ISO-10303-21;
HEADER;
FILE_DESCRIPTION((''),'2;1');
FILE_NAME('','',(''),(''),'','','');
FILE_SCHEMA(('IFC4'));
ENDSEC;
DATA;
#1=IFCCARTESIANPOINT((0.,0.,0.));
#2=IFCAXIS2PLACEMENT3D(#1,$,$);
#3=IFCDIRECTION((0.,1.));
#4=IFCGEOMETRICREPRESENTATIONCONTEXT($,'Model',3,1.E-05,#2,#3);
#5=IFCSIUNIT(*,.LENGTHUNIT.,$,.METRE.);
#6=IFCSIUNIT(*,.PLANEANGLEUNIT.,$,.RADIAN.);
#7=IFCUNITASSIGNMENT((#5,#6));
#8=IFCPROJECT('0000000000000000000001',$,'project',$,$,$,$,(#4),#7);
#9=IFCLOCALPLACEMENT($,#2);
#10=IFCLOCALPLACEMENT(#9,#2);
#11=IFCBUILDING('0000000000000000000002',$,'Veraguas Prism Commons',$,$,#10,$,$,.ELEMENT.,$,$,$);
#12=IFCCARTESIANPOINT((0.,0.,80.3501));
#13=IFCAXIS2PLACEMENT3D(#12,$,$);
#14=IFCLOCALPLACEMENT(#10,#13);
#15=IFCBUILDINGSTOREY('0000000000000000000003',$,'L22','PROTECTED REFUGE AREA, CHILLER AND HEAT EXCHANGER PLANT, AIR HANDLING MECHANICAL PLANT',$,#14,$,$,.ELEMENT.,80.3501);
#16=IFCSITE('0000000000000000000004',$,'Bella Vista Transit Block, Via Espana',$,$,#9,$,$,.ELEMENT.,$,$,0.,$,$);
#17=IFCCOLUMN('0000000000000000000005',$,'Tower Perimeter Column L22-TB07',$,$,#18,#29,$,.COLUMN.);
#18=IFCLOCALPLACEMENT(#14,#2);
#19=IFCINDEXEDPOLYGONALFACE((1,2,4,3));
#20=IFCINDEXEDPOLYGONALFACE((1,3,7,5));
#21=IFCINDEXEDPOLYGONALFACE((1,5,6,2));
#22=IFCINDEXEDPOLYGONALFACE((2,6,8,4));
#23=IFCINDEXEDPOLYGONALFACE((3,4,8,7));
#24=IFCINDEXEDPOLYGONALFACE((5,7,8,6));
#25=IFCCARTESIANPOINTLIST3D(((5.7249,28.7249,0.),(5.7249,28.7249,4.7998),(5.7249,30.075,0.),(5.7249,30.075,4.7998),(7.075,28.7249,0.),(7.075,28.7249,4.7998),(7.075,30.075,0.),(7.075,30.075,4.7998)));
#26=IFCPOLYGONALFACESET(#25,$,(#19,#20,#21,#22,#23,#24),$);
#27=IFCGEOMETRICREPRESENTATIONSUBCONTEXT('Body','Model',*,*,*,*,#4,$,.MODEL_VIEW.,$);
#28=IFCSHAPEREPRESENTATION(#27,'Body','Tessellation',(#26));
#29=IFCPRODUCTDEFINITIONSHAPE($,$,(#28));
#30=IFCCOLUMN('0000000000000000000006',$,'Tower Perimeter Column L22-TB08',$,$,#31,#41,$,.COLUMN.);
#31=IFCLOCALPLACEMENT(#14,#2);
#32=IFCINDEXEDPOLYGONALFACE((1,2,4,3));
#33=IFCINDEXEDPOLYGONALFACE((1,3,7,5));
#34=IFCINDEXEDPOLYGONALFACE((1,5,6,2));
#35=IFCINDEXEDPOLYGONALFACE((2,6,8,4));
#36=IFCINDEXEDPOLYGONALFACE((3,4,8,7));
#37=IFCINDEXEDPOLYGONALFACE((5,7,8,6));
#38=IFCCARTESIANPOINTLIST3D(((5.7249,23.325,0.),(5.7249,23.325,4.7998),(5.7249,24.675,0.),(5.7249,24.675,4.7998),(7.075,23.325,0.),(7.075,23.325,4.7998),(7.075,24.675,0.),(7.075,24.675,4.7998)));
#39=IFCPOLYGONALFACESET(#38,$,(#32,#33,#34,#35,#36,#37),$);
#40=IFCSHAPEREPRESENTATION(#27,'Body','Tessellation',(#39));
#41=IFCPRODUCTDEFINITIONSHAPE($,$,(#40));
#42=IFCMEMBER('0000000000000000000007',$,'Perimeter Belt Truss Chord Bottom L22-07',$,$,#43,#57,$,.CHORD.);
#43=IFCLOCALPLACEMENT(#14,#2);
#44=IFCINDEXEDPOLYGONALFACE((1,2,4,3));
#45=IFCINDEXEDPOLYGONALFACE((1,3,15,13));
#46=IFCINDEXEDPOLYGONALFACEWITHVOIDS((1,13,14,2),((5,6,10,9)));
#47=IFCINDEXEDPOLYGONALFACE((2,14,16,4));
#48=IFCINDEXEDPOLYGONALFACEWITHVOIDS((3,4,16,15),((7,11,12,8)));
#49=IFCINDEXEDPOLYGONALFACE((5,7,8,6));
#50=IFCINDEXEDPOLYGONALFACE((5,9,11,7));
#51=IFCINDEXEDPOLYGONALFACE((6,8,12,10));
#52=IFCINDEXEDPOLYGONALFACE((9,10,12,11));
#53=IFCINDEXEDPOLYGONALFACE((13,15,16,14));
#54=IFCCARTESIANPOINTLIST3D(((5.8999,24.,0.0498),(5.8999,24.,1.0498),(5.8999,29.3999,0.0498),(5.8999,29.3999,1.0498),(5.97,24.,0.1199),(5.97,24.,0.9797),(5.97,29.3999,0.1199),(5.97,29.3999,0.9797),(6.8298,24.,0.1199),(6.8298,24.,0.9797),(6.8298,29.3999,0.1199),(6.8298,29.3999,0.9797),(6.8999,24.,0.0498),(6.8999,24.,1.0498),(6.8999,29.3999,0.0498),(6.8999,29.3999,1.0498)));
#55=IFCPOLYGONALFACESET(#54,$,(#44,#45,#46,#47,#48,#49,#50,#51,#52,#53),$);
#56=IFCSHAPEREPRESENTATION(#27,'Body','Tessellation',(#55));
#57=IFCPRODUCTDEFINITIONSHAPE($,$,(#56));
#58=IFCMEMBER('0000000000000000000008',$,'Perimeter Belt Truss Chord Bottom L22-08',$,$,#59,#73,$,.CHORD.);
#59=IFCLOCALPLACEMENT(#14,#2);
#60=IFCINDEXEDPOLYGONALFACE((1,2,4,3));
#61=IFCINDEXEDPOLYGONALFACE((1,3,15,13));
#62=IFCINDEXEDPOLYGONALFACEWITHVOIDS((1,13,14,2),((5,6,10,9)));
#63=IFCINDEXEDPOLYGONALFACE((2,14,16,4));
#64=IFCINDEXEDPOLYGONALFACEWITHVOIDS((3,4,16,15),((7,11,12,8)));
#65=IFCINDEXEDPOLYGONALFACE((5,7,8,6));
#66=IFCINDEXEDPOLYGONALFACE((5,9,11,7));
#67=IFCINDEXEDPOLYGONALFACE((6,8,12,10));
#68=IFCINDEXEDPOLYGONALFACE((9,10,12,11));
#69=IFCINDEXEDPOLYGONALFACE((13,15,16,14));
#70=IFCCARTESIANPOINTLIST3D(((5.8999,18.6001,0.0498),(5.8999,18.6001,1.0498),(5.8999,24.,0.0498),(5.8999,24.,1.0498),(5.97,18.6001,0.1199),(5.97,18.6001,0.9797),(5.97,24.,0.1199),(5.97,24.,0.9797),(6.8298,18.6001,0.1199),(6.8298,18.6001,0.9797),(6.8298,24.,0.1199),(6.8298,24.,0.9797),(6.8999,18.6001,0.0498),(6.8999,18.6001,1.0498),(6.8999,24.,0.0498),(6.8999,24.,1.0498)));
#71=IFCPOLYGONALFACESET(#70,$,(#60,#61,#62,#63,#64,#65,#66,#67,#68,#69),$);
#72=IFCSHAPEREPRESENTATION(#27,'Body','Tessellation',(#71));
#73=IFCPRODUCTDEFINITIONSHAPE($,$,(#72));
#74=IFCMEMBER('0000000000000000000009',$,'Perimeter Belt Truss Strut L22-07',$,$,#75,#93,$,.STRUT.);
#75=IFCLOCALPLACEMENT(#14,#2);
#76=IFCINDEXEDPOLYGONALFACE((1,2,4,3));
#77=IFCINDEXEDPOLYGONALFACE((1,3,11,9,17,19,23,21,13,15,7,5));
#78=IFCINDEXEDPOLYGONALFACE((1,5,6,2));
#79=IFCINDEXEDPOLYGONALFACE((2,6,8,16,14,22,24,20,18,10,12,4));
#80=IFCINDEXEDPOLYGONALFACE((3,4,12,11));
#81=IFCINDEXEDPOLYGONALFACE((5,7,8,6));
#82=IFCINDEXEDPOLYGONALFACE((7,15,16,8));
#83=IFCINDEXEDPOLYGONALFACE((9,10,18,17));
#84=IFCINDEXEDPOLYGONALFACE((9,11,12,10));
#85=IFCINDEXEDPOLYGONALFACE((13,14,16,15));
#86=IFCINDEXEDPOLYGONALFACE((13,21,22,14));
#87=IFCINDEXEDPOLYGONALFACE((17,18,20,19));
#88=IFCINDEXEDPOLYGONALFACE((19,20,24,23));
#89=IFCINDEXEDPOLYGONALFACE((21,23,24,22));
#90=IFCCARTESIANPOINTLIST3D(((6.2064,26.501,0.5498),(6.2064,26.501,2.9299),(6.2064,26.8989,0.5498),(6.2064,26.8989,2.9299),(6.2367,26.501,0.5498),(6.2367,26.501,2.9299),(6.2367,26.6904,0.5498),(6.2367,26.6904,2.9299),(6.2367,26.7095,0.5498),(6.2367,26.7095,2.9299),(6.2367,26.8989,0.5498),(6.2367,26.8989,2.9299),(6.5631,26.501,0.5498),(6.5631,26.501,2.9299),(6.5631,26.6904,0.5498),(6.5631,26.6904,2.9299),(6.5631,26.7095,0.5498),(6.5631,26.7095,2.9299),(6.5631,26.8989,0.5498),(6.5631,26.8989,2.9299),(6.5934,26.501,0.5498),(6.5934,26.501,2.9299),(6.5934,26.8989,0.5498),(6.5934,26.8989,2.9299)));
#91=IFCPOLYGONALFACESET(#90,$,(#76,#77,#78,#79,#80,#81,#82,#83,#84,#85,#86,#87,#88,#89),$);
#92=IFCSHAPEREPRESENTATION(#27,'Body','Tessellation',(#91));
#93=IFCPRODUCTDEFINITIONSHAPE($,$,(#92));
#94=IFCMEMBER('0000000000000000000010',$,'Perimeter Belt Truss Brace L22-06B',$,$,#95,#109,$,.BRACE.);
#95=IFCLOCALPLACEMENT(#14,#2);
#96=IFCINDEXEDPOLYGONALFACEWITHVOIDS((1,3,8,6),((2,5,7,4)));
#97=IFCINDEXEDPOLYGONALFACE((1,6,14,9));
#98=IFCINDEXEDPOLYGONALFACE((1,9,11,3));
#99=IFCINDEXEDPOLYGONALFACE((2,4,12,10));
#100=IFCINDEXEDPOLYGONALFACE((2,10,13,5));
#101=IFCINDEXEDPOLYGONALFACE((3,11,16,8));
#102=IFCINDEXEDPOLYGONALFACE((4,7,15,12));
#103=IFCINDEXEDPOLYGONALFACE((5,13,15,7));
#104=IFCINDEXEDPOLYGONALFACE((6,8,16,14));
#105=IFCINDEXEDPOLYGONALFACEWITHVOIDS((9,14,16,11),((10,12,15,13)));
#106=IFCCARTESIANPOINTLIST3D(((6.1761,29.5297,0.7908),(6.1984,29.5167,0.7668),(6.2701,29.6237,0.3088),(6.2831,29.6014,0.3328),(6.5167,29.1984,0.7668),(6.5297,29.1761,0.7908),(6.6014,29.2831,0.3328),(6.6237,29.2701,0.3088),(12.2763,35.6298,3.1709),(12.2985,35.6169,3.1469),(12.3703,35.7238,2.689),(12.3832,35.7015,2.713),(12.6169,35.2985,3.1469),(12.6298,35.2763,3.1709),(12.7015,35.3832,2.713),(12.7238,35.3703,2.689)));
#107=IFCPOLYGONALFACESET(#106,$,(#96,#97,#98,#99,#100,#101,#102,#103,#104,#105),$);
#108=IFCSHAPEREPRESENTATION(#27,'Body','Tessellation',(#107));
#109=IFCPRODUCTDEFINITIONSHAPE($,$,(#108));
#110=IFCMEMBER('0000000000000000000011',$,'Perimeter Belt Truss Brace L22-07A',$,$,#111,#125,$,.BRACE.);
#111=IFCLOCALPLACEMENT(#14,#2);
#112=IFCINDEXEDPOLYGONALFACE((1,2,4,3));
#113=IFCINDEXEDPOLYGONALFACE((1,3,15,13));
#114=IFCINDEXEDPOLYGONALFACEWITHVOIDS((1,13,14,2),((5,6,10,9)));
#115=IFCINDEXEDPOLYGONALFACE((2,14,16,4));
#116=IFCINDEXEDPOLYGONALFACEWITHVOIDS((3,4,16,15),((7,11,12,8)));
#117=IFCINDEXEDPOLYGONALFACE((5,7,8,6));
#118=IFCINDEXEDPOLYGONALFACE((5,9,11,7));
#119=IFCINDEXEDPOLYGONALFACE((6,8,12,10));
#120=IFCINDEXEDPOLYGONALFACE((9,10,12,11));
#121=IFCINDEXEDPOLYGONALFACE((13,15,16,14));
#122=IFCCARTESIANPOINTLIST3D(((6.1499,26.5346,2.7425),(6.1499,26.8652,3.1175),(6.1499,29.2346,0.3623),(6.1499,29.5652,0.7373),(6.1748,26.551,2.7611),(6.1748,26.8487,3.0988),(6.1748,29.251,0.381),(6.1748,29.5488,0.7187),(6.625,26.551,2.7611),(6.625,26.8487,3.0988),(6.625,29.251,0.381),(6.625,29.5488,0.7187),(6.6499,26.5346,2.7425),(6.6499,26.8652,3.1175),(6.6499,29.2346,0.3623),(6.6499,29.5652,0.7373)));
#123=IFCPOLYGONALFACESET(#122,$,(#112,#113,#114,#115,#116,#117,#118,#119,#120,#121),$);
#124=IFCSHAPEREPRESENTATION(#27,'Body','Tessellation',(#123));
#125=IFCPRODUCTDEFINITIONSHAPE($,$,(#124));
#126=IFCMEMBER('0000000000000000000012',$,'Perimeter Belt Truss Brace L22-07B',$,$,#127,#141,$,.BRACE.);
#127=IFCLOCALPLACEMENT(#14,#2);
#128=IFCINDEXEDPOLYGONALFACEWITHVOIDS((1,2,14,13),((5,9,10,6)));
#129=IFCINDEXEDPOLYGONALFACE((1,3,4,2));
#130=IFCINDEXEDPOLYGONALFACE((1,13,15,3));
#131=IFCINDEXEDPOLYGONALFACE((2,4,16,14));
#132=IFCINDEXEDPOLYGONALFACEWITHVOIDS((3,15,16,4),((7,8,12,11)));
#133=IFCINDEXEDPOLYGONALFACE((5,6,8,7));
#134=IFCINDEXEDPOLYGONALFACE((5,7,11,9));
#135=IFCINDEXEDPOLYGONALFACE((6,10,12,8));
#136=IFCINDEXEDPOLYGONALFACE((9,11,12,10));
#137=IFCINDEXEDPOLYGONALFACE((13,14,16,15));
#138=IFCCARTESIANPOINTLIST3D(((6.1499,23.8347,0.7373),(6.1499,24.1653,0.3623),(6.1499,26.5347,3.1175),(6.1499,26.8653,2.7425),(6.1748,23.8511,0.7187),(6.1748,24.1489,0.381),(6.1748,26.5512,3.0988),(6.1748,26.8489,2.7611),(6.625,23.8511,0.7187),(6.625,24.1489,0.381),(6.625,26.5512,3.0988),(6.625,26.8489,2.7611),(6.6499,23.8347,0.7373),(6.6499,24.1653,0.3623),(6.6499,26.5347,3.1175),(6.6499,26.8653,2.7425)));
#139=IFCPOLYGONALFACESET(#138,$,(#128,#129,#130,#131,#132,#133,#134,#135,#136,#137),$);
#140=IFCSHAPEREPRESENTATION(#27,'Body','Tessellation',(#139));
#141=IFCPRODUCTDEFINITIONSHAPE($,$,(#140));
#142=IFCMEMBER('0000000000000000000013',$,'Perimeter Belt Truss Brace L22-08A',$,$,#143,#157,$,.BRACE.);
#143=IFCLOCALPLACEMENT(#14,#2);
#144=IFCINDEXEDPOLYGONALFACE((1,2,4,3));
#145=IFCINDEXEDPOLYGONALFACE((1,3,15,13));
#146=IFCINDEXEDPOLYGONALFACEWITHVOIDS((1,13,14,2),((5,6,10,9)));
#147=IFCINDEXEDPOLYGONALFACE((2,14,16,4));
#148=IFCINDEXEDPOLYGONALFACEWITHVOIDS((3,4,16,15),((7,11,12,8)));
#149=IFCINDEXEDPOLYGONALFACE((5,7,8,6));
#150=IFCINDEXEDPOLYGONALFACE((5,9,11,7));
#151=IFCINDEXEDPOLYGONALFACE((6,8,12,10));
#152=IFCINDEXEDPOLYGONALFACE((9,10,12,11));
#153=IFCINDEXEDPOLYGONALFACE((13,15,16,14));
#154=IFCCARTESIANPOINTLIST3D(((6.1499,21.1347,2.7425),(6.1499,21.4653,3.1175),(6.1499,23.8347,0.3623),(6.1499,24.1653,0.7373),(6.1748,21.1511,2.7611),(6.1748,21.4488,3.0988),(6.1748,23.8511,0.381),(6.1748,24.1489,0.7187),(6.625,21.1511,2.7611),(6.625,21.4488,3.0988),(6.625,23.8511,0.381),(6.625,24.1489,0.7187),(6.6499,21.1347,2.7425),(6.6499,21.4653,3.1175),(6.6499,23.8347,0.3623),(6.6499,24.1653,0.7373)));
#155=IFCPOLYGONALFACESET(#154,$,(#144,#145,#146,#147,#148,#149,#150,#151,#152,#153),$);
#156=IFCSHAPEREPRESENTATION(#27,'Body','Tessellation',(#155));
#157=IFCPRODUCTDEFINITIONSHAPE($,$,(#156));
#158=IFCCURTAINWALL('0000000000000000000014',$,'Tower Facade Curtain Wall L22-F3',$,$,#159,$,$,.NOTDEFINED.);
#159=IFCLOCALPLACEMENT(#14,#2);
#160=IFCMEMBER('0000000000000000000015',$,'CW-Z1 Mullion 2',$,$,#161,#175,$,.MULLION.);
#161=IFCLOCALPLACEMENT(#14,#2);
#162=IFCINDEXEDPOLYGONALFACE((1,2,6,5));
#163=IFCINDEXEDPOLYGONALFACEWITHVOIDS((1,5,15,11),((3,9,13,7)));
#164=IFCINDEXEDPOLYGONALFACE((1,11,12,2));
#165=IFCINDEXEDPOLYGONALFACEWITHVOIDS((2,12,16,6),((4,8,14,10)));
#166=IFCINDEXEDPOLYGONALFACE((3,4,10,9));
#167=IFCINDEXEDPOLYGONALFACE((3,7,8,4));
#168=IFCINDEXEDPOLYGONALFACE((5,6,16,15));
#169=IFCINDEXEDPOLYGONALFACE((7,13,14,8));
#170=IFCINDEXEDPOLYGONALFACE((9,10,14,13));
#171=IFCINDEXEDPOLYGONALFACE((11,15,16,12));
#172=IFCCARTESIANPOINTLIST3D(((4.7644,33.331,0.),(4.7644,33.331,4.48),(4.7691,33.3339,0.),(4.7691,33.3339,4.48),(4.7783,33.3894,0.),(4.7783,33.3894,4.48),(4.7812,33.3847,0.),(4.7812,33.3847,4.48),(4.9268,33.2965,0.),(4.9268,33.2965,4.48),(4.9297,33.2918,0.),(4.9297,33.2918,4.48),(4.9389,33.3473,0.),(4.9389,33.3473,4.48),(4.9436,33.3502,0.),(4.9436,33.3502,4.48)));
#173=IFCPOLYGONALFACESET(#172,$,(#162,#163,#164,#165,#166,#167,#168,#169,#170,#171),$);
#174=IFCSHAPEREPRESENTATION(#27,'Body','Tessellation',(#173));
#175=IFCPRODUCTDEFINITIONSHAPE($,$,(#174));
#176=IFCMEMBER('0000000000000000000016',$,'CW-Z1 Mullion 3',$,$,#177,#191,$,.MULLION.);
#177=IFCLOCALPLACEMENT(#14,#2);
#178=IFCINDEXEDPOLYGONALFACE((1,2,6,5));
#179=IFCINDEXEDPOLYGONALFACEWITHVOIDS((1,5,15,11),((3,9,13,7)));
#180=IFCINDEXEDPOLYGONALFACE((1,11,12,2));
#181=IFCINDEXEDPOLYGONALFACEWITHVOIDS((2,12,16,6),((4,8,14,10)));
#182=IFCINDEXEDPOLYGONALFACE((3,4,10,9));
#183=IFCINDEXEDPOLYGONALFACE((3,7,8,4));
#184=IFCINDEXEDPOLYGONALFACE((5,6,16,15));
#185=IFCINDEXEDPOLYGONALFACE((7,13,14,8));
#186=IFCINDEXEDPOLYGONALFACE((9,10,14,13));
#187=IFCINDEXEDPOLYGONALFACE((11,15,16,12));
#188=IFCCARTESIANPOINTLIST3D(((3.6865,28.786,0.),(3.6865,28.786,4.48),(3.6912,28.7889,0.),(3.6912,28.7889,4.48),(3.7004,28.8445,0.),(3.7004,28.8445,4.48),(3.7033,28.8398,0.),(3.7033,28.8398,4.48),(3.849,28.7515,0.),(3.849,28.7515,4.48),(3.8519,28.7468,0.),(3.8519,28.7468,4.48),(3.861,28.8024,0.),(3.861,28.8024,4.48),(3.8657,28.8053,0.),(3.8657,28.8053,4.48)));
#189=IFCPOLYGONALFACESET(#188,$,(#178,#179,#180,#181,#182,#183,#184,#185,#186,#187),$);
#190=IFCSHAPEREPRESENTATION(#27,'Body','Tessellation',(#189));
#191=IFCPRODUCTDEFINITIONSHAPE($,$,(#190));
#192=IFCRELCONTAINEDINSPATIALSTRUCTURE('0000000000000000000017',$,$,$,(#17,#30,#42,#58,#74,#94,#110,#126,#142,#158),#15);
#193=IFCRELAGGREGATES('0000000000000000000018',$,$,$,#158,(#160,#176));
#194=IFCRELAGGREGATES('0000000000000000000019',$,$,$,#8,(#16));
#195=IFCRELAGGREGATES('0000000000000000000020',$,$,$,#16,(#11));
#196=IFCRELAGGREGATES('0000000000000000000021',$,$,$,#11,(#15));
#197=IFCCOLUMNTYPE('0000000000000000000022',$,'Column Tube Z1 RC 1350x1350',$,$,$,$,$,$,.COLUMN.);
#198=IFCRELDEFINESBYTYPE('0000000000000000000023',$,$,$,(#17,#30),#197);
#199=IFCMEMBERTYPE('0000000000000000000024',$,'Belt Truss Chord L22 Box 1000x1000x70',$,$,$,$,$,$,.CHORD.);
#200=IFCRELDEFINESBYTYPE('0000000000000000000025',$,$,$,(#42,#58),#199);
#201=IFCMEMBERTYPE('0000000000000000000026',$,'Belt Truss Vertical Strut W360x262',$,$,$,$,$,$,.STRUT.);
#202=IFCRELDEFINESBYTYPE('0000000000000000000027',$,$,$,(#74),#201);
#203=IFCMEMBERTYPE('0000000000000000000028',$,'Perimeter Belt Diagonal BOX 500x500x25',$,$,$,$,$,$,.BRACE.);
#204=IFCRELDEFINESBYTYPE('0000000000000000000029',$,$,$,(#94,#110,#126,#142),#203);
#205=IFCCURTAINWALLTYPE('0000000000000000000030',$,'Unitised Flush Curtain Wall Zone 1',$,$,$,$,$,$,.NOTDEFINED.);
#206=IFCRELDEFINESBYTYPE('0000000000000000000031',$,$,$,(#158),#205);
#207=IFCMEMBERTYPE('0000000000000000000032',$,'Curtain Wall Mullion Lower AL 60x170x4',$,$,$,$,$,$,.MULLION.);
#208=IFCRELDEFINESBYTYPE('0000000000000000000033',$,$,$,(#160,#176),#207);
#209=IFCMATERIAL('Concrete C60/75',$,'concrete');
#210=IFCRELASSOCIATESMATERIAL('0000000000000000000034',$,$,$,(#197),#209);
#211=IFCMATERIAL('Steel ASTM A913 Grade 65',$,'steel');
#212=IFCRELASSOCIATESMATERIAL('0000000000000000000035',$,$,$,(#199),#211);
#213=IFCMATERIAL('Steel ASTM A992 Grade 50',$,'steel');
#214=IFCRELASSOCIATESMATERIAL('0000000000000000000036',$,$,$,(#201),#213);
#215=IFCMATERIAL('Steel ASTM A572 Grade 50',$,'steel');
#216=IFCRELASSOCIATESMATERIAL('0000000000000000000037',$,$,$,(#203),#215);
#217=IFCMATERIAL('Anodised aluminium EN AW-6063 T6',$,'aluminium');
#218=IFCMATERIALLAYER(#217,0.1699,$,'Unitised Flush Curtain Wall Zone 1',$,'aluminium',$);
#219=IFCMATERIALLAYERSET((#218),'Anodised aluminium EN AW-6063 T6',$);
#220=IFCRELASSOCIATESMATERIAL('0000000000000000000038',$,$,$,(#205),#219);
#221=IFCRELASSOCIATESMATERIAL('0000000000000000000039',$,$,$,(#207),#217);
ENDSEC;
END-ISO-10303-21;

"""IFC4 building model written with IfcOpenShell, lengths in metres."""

from ifc_helpers import new_model, si_unit, direction, frame, origin, origin_2d, place, context, subcontext, project, spatial, rectangle, hollow_rectangle, i_section, extrude, source, transform, mapped, material, layer, layer_set, material_profile, profile_set, type_object, element, aggregate, save


model = new_model("IFC4")

# Units and contexts
model_context = context("Model", 3, precision=1e-05, world=origin(), true_north=direction((0.0, 1.0)))
body_context = subcontext(model_context, "Body", "Model", "MODEL_VIEW")
ifc_project = project(units=[si_unit("LENGTHUNIT", "METRE"), si_unit("PLANEANGLEUNIT", "RADIAN")], contexts=[model_context])

# Site, building, storey
site_placement = place(None, origin())
site = spatial("IfcSite", under=ifc_project, at=site_placement, Name="Bella Vista Transit Block, Via Espana", CompositionType="ELEMENT", RefElevation=0.0)
building_placement = place(site_placement, origin())
building = spatial("IfcBuilding", under=site, at=building_placement, Name="Veraguas Prism Commons", CompositionType="ELEMENT")
storey_placement = place(building_placement, frame((0.0, 0.0, 80.3501)))
storey = spatial("IfcBuildingStorey", under=building, at=storey_placement, Name="L22", Description="PROTECTED REFUGE AREA, CHILLER AND HEAT EXCHANGER PLANT, AIR HANDLING MECHANICAL PLANT", CompositionType="ELEMENT", Elevation=80.3501)

# Columns
ifc_material_1 = material(Name="Concrete C60/75", Category="concrete")
ifc_material_profile_1 = material_profile(ifc_material_1, rectangle(XDim=1.3501, YDim=1.3501, at=origin_2d()), Name="RC1350X1350")
ifc_profile_set_1 = profile_set([ifc_material_profile_1], Name="Concrete C60/75")
column_type = type_object("IfcColumnType", Name="Column Tube Z1 RC 1350x1350", PredefinedType="COLUMN", material=ifc_profile_set_1)
for number, where, z_axis, x_axis, name in (
    (1, (6.3999, 29.3999, 0.0), (0.0, 0.0, 1.0), (1.0, 0.0, 0.0), "Tower Perimeter Column L22-TB07"),
    (2, (6.3999, 24.0, 0.0), (0.0, 0.0, 1.0), (1.0, 0.0, 0.0), "Tower Perimeter Column L22-TB08"),
):
    element("IfcColumn", number, at=place(storey_placement, frame(where, z_axis=z_axis, x_axis=x_axis)), inside=storey, type_object=column_type, Name=name, PredefinedType="COLUMN", context=body_context, shape_type="SweptSolid", body=[
        extrude(rectangle(XDim=1.3501, YDim=1.3501, at=origin_2d()), origin(), (0.0, 0.0, 1.0), 4.7998),
    ])

# Members
ifc_material_2 = material(Name="Steel ASTM A913 Grade 65", Category="steel")
ifc_material_profile_2 = material_profile(ifc_material_2, hollow_rectangle(XDim=1.0, YDim=1.0, WallThickness=0.0701, at=origin_2d()), Name="BOX1000X1000X70")
ifc_profile_set_2 = profile_set([ifc_material_profile_2], Name="Steel ASTM A913 Grade 65")
member_type_1 = type_object("IfcMemberType", Name="Belt Truss Chord L22 Box 1000x1000x70", PredefinedType="CHORD", material=ifc_profile_set_2)
for number, where, z_axis, x_axis, name in (
    (3, (6.3999, 29.3999, 0.5498), (0.0, -1.0, 0.0), (1.0, 0.0, 0.0), "Perimeter Belt Truss Chord Bottom L22-07"),
    (4, (6.3999, 24.0, 0.5498), (0.0, -1.0, 0.0), (1.0, 0.0, 0.0), "Perimeter Belt Truss Chord Bottom L22-08"),
):
    element("IfcMember", number, at=place(storey_placement, frame(where, z_axis=z_axis, x_axis=x_axis)), inside=storey, type_object=member_type_1, Name=name, PredefinedType="CHORD", context=body_context, shape_type="SweptSolid", body=[
        extrude(hollow_rectangle(XDim=1.0, YDim=1.0, WallThickness=0.0701, at=origin_2d()), origin(), (0.0, 0.0, 1.0), 5.3999),
    ])
ifc_material_3 = material(Name="Steel ASTM A992 Grade 50", Category="steel")
ifc_material_profile_3 = material_profile(ifc_material_3, i_section(OverallWidth=0.3979, OverallDepth=0.387, WebThickness=0.019, FlangeThickness=0.0303, at=origin_2d()), Name="W360X262")
ifc_profile_set_3 = profile_set([ifc_material_profile_3], Name="Steel ASTM A992 Grade 50")
member_type_2 = type_object("IfcMemberType", Name="Belt Truss Vertical Strut W360x262", PredefinedType="STRUT", material=ifc_profile_set_3)
member_1_placement = place(storey_placement, frame((6.3999, 26.7, 0.5498), z_axis=(0.0, 0.0, 1.0), x_axis=(0.0, -1.0, 0.0)))
element("IfcMember", 5, at=member_1_placement, inside=storey, type_object=member_type_2, Name="Perimeter Belt Truss Strut L22-07", PredefinedType="STRUT", context=body_context, shape_type="SweptSolid", body=[
    extrude(i_section(OverallWidth=0.3979, OverallDepth=0.387, WebThickness=0.019, FlangeThickness=0.0303, at=origin_2d()), origin(), (0.0, 0.0, 1.0), 2.3801),
])
ifc_material_4 = material(Name="Steel ASTM A572 Grade 50", Category="steel")
ifc_material_profile_4 = material_profile(ifc_material_4, hollow_rectangle(XDim=0.5, YDim=0.5, WallThickness=0.0249, at=origin_2d()), Name="BOX500X500X25")
ifc_profile_set_4 = profile_set([ifc_material_profile_4], Name="Steel ASTM A572 Grade 50")
member_type_3 = type_object("IfcMemberType", Name="Perimeter Belt Diagonal BOX 500x500x25", PredefinedType="BRACE", material=ifc_profile_set_4)
member_2_placement = place(storey_placement, frame((6.3999, 29.3999, 0.5498), z_axis=(0.681639, 0.681639, 0.265961), x_axis=(-0.707107, 0.707107, 0.0)))
element("IfcMember", 6, at=member_2_placement, inside=storey, type_object=member_type_3, Name="Perimeter Belt Truss Brace L22-06B", PredefinedType="BRACE", context=body_context, shape_type="SweptSolid", body=[
    extrude(hollow_rectangle(XDim=0.5, YDim=0.5, WallThickness=0.0249, at=origin_2d()), origin(), (0.0, 0.0, 1.0), 8.9492),
])
for number, where, z_axis, x_axis, name in (
    (7, (6.3999, 29.3999, 0.5498), (0.0, -0.750139, 0.661281), (1.0, 0.0, 0.0), "Perimeter Belt Truss Brace L22-07A"),
    (8, (6.3999, 24.0, 0.5498), (0.0, 0.750139, 0.661281), (-1.0, 0.0, 0.0), "Perimeter Belt Truss Brace L22-07B"),
    (9, (6.3999, 24.0, 0.5498), (0.0, -0.750139, 0.661281), (1.0, 0.0, 0.0), "Perimeter Belt Truss Brace L22-08A"),
):
    element("IfcMember", number, at=place(storey_placement, frame(where, z_axis=z_axis, x_axis=x_axis)), inside=storey, type_object=member_type_3, Name=name, PredefinedType="BRACE", context=body_context, shape_type="SweptSolid", body=[
        extrude(hollow_rectangle(XDim=0.5, YDim=0.5, WallThickness=0.0249, at=origin_2d()), origin(), (0.0, 0.0, 1.0), 3.5994),
    ])

# Curtain wall, members
ifc_material_5 = material(Name="Anodised aluminium EN AW-6063 T6", Category="aluminium")
ifc_layer_1 = layer(ifc_material_5, 0.1699, Name="Unitised Flush Curtain Wall Zone 1", Category="aluminium")
ifc_layer_set_1 = layer_set([ifc_layer_1], Name="Anodised aluminium EN AW-6063 T6")
curtain_wall_type = type_object("IfcCurtainWallType", Name="Unitised Flush Curtain Wall Zone 1", PredefinedType="NOTDEFINED", material=ifc_layer_set_1)
curtain_wall_placement = place(storey_placement, origin())
curtain_wall = element("IfcCurtainWall", 10, at=curtain_wall_placement, inside=storey, type_object=curtain_wall_type, Name="Tower Facade Curtain Wall L22-F3", PredefinedType="NOTDEFINED")
ifc_material_profile_5 = material_profile(ifc_material_5, hollow_rectangle(XDim=0.0601, YDim=0.1699, WallThickness=0.0039, at=origin_2d()), Name="AL60X170X4")
ifc_profile_set_5 = profile_set([ifc_material_profile_5], Name="Anodised aluminium EN AW-6063 T6")
member_type_4 = type_object("IfcMemberType", Name="Curtain Wall Mullion Lower AL 60x170x4", PredefinedType="MULLION", material=ifc_profile_set_5)
shared_shape_1 = source(origin(), body_context, "Body", "SweptSolid", [
    extrude(hollow_rectangle(XDim=0.0601, YDim=0.1699, WallThickness=0.0039, at=origin_2d()), origin(), (0.0, 0.0, 1.0), 4.48),
])
member_3_placement = place(storey_placement, frame((4.854, 33.3406, 0.0), z_axis=(0.0, 0.0, 1.0), x_axis=(-0.230734, -0.973017, 0.0)))
member_3 = element("IfcMember", 11, at=member_3_placement, type_object=member_type_4, Name="CW-Z1 Mullion 2", PredefinedType="MULLION", context=body_context, shape_type="MappedRepresentation", body=[
    mapped(shared_shape_1, transform((0.0, 0.0, 0.0), scale=1.0)),
])
member_4_placement = place(storey_placement, frame((3.7761, 28.7957, 0.0), z_axis=(0.0, 0.0, 1.0), x_axis=(-0.230734, -0.973017, 0.0)))
member_4 = element("IfcMember", 12, at=member_4_placement, type_object=member_type_4, Name="CW-Z1 Mullion 3", PredefinedType="MULLION", context=body_context, shape_type="MappedRepresentation", body=[
    mapped(shared_shape_1, transform((0.0, 0.0, 0.0), scale=1.0)),
])

aggregate(curtain_wall, [member_3, member_4])

save(model, "model.ifc")
